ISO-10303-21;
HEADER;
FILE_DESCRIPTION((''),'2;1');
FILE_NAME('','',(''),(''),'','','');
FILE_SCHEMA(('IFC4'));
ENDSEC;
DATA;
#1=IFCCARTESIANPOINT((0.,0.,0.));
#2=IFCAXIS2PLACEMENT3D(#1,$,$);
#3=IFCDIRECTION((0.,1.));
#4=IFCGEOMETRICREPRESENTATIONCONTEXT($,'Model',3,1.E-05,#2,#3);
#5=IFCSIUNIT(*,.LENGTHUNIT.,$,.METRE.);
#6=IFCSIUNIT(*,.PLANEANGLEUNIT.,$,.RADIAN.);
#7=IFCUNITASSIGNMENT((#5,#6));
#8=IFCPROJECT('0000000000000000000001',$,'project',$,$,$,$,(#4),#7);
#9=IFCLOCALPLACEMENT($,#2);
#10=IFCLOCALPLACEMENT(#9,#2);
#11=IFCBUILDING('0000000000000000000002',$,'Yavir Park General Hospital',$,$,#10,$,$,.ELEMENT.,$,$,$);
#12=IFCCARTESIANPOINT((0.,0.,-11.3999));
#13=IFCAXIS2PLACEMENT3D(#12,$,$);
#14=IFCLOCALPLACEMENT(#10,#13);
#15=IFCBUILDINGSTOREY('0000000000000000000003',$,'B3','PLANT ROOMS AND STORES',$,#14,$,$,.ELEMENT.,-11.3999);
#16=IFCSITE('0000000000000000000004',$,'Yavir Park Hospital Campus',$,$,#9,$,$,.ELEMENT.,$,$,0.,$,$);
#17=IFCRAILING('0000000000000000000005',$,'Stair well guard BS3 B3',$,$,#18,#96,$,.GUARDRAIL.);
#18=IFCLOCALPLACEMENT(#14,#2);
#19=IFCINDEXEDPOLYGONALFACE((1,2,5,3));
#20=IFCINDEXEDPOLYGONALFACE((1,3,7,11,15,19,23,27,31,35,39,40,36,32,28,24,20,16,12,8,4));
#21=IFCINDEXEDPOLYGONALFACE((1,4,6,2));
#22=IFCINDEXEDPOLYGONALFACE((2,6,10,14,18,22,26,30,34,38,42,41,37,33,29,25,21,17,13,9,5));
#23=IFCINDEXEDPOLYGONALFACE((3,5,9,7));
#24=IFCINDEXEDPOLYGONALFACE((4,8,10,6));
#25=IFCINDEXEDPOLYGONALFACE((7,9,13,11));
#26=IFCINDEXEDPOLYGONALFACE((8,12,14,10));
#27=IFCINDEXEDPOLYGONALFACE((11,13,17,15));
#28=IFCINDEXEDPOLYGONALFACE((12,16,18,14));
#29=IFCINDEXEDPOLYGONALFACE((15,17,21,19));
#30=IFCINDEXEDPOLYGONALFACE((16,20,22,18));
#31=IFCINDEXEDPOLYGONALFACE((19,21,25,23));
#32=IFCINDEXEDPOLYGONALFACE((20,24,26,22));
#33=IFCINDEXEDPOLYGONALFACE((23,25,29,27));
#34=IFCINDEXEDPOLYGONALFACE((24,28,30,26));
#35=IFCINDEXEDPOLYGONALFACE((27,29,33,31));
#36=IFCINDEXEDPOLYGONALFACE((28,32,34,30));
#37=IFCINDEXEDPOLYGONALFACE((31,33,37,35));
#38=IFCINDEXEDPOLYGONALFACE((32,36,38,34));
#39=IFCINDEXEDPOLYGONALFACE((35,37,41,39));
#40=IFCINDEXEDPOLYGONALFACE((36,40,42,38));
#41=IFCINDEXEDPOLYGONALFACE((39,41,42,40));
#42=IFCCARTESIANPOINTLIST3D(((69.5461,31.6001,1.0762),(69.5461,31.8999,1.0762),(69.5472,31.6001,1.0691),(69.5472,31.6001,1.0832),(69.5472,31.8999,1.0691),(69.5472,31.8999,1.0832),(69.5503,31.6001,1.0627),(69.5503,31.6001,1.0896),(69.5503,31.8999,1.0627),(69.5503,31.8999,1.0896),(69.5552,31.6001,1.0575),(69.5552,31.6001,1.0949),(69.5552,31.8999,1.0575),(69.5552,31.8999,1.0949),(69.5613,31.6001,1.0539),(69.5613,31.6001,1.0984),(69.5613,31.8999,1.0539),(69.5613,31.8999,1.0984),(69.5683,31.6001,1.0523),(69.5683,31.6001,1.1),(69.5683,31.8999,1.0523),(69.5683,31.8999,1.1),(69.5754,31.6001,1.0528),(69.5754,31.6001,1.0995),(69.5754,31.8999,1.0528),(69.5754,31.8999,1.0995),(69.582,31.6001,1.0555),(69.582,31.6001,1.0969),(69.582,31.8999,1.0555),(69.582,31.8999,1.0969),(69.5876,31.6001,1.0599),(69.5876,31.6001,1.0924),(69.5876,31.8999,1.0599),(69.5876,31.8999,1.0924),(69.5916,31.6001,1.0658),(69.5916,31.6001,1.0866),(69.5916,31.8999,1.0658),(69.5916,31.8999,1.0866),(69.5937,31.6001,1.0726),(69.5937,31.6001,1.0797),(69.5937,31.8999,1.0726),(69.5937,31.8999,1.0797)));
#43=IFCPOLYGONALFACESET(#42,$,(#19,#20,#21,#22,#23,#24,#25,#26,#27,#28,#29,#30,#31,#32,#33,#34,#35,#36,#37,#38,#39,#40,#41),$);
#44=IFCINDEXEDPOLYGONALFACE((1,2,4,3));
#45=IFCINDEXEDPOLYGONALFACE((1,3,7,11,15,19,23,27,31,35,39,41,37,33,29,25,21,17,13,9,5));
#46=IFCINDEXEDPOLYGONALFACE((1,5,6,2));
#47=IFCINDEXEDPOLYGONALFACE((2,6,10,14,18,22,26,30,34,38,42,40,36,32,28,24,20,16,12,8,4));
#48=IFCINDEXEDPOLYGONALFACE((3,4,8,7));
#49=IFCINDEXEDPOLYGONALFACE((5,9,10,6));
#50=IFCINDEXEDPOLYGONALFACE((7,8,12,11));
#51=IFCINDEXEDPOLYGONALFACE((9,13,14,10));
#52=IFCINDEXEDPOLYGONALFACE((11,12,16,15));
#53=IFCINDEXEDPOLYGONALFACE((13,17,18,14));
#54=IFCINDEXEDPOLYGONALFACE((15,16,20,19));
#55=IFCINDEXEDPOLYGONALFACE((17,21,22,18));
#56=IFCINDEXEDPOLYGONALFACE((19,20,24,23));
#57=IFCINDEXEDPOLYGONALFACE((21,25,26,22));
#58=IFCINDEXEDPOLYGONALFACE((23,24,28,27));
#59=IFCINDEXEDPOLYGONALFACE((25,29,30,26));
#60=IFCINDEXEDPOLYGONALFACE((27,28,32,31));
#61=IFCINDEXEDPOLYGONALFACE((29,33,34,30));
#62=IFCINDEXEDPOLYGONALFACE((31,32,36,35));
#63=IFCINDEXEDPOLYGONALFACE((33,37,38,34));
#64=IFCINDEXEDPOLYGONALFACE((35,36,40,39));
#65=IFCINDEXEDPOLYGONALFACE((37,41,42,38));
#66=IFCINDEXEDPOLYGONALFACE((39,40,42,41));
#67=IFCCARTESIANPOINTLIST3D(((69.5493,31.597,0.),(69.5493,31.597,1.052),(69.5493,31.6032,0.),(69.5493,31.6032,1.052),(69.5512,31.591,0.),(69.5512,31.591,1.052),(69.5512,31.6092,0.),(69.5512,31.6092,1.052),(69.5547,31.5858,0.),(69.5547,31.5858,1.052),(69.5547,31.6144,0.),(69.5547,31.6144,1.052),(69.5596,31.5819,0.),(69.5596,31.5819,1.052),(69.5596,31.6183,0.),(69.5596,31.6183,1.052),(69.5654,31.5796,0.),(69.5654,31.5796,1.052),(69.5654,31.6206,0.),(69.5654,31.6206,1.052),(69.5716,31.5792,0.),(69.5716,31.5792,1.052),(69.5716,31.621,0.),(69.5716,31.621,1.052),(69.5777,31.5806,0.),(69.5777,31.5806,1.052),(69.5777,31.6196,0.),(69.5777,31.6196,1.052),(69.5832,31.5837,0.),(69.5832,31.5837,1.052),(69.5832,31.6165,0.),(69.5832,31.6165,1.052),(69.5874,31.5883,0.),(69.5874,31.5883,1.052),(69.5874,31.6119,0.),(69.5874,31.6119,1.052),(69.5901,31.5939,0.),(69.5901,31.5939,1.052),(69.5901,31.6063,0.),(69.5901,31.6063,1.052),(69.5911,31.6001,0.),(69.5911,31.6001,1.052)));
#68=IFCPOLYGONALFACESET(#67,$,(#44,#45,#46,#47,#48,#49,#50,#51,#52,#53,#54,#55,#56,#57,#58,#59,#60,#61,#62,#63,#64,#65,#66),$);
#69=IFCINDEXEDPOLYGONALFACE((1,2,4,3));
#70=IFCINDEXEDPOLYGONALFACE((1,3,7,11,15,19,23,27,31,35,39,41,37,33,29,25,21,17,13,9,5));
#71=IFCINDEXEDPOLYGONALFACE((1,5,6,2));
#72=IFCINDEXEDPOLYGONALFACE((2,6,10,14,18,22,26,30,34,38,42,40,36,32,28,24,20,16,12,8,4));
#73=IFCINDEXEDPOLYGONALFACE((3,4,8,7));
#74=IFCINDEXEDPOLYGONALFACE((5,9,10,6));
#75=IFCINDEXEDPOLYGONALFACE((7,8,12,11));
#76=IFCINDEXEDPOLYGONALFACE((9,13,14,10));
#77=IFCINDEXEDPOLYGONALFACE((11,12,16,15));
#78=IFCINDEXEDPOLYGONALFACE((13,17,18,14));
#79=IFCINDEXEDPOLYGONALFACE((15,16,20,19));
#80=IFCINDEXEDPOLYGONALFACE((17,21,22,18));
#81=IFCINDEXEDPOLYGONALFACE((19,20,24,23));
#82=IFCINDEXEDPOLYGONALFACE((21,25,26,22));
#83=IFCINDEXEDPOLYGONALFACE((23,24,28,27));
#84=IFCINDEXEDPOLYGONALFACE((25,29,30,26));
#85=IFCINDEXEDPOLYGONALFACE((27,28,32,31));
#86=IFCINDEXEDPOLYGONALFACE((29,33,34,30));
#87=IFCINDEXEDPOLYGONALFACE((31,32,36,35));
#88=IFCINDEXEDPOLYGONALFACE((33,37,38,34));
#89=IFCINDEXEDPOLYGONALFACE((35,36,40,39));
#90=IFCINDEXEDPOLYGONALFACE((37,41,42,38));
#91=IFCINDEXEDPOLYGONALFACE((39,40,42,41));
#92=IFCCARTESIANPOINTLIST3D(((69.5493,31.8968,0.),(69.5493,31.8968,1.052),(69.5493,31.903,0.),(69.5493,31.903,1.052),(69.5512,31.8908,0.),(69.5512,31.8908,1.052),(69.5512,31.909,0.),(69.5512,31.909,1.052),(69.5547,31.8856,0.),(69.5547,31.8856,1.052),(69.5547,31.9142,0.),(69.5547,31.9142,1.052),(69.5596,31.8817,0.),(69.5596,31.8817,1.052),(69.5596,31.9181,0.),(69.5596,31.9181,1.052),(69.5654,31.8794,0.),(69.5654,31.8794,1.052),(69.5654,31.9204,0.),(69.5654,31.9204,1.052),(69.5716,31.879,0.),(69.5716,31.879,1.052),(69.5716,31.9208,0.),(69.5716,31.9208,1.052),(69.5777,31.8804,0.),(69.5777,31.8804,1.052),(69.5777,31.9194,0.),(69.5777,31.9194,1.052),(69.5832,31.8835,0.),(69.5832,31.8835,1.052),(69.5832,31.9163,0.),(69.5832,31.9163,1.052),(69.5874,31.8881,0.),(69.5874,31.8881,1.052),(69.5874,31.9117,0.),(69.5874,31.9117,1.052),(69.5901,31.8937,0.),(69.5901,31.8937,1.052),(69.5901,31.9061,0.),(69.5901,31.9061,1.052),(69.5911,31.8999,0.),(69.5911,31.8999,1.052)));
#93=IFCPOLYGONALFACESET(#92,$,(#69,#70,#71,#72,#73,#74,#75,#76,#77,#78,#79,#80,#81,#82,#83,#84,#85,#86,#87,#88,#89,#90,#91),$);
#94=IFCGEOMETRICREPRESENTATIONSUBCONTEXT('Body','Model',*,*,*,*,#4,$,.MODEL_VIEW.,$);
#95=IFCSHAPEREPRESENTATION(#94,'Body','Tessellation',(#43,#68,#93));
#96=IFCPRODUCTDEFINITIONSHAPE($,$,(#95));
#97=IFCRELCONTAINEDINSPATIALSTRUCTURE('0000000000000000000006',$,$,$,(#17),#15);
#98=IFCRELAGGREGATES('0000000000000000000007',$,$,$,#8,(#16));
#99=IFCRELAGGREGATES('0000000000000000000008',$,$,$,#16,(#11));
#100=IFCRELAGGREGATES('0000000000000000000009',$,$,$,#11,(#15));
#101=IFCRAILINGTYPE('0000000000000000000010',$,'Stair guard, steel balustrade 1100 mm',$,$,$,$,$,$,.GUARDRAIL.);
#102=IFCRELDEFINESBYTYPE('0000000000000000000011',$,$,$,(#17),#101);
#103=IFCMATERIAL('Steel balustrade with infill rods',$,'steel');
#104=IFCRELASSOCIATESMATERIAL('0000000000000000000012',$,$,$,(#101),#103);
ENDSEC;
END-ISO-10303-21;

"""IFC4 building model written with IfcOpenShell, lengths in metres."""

from ifc_helpers import new_model, si_unit, direction, frame, origin, origin_2d, place, context, subcontext, project, spatial, circle, extrude, material, type_object, element, save


model = new_model("IFC4")

# Units and contexts
model_context = context("Model", 3, precision=1e-05, world=origin(), true_north=direction((0.0, 1.0)))
body_context = subcontext(model_context, "Body", "Model", "MODEL_VIEW")
ifc_project = project(units=[si_unit("LENGTHUNIT", "METRE"), si_unit("PLANEANGLEUNIT", "RADIAN")], contexts=[model_context])

# Site, building, storey
site_placement = place(None, origin())
site = spatial("IfcSite", under=ifc_project, at=site_placement, Name="Yavir Park Hospital Campus", CompositionType="ELEMENT", RefElevation=0.0)
building_placement = place(site_placement, origin())
building = spatial("IfcBuilding", under=site, at=building_placement, Name="Yavir Park General Hospital", CompositionType="ELEMENT")
storey_placement = place(building_placement, frame((0.0, 0.0, -11.3999)))
storey = spatial("IfcBuildingStorey", under=building, at=storey_placement, Name="B3", Description="PLANT ROOMS AND STORES", CompositionType="ELEMENT", Elevation=-11.3999)

# Railing
ifc_material_1 = material(Name="Steel balustrade with infill rods", Category="steel")
railing_type_1 = type_object("IfcRailingType", Name="Stair guard, steel balustrade 1100 mm", PredefinedType="GUARDRAIL", material=ifc_material_1)
railing_placement = place(storey_placement, frame((69.5701, 31.6001, 0.0)))
element("IfcRailing", 1, at=railing_placement, inside=storey, type_object=railing_type_1, Name="Stair well guard BS3 B3", PredefinedType="GUARDRAIL", context=body_context, shape_type="SweptSolid", body=[
    extrude(circle(Radius=0.0239, at=origin_2d()), frame((0.0, 0.0, 1.0762), z_axis=(0.0, 1.0, 0.0), x_axis=(-1.0, 0.0, 0.0)), (0.0, 0.0, 1.0), 0.2998),
    extrude(circle(Radius=0.021, at=origin_2d()), origin(), (0.0, 0.0, 1.0), 1.052),
    extrude(circle(Radius=0.021, at=origin_2d()), frame((0.0, 0.2998, 0.0)), (0.0, 0.0, 1.0), 1.052),
])

save(model, "model.ifc")
